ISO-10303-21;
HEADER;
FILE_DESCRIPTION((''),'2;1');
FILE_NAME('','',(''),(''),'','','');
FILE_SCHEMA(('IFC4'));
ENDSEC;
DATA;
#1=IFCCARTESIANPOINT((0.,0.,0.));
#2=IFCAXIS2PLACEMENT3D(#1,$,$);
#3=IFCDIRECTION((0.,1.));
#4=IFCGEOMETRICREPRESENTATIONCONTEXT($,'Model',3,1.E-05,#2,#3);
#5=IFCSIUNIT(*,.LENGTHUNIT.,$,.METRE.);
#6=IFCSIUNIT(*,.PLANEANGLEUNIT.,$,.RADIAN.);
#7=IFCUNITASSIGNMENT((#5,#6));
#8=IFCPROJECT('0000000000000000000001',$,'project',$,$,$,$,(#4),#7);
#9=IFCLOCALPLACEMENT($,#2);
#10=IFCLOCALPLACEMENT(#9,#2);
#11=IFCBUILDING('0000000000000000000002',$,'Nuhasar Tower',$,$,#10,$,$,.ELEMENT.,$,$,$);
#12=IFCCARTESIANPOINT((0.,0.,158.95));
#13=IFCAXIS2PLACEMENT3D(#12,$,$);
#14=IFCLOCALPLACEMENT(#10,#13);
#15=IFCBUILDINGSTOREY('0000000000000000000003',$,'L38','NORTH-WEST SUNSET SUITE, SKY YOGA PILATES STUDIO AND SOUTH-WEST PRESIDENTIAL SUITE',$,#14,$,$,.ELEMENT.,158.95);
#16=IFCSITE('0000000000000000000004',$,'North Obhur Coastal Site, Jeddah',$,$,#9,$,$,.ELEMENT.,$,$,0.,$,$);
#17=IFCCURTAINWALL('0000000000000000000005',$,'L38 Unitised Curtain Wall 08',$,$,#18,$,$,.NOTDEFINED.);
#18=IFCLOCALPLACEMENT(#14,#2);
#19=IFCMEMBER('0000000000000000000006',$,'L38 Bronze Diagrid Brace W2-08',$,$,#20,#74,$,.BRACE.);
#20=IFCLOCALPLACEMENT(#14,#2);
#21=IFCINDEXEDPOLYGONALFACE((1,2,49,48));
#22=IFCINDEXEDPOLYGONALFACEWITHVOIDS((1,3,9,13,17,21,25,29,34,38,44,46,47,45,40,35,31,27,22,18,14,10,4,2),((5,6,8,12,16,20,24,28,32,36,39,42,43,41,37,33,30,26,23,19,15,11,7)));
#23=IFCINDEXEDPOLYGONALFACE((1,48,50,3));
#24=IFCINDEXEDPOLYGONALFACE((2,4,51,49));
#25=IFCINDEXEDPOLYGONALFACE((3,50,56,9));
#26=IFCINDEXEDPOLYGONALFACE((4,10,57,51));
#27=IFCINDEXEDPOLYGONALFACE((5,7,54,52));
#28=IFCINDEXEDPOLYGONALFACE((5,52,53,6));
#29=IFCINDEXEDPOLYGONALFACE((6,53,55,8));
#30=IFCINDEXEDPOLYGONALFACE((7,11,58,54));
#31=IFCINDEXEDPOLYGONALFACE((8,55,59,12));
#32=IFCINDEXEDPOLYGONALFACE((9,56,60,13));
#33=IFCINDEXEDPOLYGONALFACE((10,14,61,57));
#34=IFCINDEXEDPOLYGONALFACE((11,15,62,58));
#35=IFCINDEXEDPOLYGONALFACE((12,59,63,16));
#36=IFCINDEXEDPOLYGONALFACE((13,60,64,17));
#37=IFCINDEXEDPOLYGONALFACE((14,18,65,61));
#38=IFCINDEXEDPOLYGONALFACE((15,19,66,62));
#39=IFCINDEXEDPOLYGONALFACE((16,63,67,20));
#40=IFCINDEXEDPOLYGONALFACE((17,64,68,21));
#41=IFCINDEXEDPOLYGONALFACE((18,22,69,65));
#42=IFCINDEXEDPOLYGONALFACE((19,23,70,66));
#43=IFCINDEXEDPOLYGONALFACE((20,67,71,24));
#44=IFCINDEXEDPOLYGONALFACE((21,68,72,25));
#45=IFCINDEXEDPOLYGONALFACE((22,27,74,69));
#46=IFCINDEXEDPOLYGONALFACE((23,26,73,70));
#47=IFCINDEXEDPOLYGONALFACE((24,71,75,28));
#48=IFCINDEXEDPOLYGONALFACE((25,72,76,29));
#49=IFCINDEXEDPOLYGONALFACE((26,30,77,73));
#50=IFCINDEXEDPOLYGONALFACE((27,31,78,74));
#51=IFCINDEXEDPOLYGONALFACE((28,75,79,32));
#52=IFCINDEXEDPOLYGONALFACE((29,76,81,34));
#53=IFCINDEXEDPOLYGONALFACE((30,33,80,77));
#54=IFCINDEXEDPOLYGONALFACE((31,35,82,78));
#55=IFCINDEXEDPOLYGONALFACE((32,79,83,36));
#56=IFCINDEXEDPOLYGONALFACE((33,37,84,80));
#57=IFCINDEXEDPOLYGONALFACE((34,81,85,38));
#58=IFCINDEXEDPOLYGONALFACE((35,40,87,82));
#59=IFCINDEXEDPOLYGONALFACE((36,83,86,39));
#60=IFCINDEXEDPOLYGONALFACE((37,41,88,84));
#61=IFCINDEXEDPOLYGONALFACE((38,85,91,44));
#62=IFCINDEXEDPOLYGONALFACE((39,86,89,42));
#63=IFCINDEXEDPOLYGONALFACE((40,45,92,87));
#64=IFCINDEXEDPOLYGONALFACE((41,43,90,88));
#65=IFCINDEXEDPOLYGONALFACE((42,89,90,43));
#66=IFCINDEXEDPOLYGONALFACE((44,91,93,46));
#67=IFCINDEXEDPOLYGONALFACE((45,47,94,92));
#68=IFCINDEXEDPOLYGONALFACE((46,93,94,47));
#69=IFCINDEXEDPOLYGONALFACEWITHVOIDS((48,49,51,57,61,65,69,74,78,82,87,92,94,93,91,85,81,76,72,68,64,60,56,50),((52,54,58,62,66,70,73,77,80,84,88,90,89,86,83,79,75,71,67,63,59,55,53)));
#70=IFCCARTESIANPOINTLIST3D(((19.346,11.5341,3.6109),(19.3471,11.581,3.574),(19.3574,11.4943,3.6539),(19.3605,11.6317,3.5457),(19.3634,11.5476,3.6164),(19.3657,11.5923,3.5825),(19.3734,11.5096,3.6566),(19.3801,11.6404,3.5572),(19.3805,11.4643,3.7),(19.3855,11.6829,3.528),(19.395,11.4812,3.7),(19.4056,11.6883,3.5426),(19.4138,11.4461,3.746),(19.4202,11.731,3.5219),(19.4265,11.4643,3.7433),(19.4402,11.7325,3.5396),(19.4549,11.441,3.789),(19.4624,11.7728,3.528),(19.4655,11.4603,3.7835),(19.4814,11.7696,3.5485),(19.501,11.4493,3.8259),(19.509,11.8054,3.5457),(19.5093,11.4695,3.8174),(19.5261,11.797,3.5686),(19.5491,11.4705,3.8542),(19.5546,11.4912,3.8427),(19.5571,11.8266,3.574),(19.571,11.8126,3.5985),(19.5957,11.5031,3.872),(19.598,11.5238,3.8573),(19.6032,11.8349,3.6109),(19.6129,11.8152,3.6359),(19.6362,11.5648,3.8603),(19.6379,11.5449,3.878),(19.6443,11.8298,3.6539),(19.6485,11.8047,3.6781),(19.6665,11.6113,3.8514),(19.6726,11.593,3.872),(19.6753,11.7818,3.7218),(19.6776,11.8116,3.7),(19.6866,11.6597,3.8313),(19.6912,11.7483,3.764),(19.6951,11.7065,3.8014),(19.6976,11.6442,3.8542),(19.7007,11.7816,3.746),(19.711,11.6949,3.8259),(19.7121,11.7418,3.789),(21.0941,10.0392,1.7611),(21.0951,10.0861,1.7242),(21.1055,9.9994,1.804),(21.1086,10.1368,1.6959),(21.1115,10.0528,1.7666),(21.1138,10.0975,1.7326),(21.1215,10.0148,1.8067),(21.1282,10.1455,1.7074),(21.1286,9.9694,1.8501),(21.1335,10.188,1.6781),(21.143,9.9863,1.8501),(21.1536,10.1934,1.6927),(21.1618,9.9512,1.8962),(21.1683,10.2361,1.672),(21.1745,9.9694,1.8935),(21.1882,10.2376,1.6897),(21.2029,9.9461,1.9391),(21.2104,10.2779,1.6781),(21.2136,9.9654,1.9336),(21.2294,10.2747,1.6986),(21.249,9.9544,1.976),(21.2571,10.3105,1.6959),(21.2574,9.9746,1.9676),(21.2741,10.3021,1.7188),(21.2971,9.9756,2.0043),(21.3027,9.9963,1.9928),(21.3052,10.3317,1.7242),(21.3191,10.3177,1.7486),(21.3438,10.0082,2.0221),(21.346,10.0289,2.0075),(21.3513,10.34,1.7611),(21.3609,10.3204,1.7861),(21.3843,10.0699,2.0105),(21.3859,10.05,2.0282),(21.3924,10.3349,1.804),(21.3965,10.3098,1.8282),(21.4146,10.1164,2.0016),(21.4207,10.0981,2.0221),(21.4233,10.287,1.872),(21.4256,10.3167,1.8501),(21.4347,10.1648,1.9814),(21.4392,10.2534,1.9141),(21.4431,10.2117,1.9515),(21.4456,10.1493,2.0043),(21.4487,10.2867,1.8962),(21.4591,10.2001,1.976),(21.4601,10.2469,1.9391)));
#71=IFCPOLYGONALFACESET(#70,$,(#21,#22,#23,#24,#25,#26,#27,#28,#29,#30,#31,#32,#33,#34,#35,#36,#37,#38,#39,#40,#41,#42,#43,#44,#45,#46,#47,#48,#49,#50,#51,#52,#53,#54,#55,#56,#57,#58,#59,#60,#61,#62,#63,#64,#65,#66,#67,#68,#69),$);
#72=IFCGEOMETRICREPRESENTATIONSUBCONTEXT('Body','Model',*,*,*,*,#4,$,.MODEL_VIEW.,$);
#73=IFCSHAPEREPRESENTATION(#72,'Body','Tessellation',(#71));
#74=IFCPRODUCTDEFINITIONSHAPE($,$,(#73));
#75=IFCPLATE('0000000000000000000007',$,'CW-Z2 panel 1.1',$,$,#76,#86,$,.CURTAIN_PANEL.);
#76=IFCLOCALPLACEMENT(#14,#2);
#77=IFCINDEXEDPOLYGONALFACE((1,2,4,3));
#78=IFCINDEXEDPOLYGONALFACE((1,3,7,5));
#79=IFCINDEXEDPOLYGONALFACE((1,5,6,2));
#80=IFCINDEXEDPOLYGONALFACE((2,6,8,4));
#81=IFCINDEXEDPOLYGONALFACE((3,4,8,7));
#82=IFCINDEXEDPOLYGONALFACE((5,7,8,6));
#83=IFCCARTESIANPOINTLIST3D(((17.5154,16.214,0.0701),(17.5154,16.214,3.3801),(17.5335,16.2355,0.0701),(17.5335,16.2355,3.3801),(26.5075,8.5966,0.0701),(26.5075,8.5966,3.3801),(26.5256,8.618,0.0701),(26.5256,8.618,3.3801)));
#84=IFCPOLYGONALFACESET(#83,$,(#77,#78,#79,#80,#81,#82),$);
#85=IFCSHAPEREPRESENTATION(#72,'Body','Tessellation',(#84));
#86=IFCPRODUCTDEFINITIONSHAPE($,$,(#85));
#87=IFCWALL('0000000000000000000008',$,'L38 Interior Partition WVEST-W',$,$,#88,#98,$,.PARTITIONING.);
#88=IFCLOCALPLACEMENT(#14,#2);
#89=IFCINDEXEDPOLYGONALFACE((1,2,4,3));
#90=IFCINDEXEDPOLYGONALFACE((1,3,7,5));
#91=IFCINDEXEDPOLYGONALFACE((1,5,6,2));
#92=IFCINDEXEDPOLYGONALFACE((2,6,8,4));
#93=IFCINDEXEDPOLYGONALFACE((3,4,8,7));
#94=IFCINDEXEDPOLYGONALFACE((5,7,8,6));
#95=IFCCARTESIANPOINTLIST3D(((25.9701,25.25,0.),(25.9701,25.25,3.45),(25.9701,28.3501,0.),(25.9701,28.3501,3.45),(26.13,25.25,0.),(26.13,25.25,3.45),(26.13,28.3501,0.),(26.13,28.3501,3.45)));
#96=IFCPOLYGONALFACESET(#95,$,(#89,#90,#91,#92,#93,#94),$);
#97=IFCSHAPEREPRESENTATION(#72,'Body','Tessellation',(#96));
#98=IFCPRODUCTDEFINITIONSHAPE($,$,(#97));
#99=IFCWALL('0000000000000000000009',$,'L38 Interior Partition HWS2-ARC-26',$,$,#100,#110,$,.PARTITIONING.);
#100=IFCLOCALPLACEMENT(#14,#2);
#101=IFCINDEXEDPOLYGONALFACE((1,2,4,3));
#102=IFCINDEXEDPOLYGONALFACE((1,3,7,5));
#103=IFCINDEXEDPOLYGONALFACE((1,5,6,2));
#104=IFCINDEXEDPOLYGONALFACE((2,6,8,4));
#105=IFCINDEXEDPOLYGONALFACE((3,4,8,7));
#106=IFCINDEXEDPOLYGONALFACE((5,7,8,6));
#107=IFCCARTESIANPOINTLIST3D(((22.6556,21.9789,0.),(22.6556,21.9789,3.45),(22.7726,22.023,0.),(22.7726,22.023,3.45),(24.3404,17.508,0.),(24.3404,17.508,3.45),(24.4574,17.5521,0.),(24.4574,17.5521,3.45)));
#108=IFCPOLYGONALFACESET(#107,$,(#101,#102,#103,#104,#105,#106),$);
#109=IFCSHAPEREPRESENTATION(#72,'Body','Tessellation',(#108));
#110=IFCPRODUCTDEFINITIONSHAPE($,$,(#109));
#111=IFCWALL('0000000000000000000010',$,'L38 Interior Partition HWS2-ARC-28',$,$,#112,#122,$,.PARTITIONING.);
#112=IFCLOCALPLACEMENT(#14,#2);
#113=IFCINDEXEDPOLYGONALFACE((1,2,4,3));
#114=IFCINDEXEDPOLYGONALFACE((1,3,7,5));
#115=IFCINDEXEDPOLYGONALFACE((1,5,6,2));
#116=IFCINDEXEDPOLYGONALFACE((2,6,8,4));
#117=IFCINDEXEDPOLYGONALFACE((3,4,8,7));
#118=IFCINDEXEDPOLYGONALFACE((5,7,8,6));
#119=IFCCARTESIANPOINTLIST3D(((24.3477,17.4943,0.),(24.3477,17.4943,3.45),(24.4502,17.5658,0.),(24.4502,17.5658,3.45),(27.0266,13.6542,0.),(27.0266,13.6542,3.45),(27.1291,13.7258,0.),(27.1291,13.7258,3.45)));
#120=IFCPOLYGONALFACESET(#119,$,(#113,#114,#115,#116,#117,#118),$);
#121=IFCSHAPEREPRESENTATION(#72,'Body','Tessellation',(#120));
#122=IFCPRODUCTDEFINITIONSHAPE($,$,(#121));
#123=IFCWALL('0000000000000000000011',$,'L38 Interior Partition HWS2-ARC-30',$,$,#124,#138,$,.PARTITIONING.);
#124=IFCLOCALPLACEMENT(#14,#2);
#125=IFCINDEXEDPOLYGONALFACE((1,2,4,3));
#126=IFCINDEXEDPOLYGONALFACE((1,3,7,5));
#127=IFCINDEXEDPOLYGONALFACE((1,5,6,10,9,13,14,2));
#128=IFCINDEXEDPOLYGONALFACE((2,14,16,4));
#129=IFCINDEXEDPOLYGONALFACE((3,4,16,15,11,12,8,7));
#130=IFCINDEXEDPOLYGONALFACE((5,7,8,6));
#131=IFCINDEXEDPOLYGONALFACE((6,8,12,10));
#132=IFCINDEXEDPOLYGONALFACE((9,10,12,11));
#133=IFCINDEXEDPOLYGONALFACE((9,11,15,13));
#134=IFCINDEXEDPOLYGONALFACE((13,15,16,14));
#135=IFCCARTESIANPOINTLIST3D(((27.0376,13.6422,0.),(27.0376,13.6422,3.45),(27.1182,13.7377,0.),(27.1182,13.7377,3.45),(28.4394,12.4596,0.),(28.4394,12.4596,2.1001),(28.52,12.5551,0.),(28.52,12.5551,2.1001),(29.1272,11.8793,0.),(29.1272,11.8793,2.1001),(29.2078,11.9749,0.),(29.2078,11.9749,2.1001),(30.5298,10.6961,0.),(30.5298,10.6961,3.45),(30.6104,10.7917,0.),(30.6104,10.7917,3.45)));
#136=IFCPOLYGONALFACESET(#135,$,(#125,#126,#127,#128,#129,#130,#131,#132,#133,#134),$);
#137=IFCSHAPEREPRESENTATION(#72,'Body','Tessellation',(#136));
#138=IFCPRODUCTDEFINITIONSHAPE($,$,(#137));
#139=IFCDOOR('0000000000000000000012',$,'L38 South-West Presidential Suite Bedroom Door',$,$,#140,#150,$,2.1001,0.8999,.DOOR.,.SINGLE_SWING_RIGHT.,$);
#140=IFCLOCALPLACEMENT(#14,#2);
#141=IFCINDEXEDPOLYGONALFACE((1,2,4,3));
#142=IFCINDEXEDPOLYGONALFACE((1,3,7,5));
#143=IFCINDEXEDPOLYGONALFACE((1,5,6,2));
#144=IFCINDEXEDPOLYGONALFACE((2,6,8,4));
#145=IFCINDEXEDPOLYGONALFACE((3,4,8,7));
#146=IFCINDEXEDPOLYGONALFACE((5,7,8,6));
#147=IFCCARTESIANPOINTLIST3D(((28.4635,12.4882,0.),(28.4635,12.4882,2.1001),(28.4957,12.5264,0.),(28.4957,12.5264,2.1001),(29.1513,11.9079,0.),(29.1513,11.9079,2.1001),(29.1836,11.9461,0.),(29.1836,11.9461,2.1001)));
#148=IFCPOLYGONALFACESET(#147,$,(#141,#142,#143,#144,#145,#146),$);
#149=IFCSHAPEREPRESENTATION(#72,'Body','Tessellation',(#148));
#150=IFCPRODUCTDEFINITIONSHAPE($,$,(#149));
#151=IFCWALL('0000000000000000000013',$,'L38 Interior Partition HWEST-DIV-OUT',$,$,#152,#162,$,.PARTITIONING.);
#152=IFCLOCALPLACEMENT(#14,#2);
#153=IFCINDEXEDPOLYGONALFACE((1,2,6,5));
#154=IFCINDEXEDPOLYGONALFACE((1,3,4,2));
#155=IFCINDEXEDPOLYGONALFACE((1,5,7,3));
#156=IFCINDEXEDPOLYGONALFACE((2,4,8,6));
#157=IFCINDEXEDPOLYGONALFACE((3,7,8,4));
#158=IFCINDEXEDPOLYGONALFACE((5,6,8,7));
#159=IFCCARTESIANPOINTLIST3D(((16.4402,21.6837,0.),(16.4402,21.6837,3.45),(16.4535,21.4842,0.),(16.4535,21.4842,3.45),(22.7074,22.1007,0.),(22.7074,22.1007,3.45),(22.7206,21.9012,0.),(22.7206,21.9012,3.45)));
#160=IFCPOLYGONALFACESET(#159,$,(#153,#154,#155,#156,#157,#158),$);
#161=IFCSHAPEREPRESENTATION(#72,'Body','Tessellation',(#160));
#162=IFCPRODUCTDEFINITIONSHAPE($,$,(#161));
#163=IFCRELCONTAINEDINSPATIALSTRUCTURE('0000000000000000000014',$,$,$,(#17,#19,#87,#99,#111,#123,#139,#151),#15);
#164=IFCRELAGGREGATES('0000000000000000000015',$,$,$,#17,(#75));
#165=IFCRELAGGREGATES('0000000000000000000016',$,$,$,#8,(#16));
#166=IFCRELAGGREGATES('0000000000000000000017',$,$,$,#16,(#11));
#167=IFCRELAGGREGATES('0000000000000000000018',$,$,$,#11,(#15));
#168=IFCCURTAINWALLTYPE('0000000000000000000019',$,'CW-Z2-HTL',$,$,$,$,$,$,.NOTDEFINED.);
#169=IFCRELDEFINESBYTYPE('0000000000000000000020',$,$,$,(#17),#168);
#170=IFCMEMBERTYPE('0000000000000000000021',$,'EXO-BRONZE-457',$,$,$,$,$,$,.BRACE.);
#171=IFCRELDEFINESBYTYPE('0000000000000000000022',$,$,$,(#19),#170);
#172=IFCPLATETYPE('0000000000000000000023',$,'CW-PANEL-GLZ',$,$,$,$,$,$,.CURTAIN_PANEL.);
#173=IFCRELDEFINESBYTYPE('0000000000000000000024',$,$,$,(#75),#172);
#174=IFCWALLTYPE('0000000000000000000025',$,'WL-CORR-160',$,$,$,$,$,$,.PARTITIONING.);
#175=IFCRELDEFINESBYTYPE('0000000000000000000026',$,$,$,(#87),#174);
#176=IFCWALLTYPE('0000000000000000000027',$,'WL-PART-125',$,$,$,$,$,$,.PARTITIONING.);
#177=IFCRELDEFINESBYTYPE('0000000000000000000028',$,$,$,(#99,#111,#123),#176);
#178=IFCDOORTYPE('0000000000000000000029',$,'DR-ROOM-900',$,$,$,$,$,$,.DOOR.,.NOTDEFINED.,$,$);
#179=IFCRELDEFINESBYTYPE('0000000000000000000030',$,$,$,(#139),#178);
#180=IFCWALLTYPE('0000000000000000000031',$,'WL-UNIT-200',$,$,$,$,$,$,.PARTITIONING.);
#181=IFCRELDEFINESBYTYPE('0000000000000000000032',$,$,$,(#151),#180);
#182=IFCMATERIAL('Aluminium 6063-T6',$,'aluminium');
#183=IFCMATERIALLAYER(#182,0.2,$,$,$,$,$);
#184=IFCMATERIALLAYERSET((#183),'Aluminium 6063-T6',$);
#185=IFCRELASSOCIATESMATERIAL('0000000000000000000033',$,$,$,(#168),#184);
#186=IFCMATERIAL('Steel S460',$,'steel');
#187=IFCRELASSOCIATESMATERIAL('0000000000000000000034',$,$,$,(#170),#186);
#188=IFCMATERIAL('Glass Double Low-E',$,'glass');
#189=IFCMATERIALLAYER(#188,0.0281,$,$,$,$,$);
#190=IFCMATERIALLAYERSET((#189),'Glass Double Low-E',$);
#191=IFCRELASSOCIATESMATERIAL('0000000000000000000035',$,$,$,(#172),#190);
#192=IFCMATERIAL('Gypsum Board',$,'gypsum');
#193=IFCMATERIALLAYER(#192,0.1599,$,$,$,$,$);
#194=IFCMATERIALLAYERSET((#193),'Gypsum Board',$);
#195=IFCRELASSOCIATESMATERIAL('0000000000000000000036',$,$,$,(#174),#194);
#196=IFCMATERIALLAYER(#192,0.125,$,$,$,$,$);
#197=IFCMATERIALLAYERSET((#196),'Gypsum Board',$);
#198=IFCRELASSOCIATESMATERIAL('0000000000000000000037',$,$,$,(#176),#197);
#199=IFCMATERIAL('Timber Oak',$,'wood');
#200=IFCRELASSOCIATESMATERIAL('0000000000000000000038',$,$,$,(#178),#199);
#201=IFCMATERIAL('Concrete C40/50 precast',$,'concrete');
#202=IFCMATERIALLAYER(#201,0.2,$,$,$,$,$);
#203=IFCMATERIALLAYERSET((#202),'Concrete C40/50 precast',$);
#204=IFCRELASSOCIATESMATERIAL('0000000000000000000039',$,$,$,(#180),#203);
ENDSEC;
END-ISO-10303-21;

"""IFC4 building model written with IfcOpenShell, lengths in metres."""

from ifc_helpers import new_model, si_unit, direction, frame, frame_2d, origin, origin_2d, place, context, subcontext, project, spatial, rectangle, hollow_circle, extrude, material, layer, layer_set, material_profile, profile_set, type_object, element, fill, aggregate, save


model = new_model("IFC4")

# Units and contexts
model_context = context("Model", 3, precision=1e-05, world=origin(), true_north=direction((0.0, 1.0)))
body_context = subcontext(model_context, "Body", "Model", "MODEL_VIEW")
ifc_project = project(units=[si_unit("LENGTHUNIT", "METRE"), si_unit("PLANEANGLEUNIT", "RADIAN")], contexts=[model_context])

# Site, building, storey
site_placement = place(None, origin())
site = spatial("IfcSite", under=ifc_project, at=site_placement, Name="North Obhur Coastal Site, Jeddah", CompositionType="ELEMENT", RefElevation=0.0)
building_placement = place(site_placement, origin())
building = spatial("IfcBuilding", under=site, at=building_placement, Name="Nuhasar Tower", CompositionType="ELEMENT")
storey_placement = place(building_placement, frame((0.0, 0.0, 158.95)))
storey = spatial("IfcBuildingStorey", under=building, at=storey_placement, Name="L38", Description="NORTH-WEST SUNSET SUITE, SKY YOGA PILATES STUDIO AND SOUTH-WEST PRESIDENTIAL SUITE", CompositionType="ELEMENT", Elevation=158.95)

# Curtain wall
ifc_material_1 = material(Name="Aluminium 6063-T6", Category="aluminium")
ifc_layer_1 = layer(ifc_material_1, 0.2)
ifc_layer_set_1 = layer_set([ifc_layer_1], Name="Aluminium 6063-T6")
curtain_wall_type = type_object("IfcCurtainWallType", Name="CW-Z2-HTL", PredefinedType="NOTDEFINED", material=ifc_layer_set_1)
curtain_wall_1_placement = place(storey_placement, origin())
curtain_wall_1 = element("IfcCurtainWall", 1, at=curtain_wall_1_placement, inside=storey, type_object=curtain_wall_type, Name="L38 Unitised Curtain Wall 08", PredefinedType="NOTDEFINED")

# Member
ifc_material_2 = material(Name="Steel S460", Category="steel")
ifc_material_profile_1 = material_profile(ifc_material_2, hollow_circle(Radius=0.2285, WallThickness=0.0222, at=origin_2d()), Name="HSS457X22.2")
ifc_profile_set_1 = profile_set([ifc_material_profile_1], Name="Steel S460")
member_type_1 = type_object("IfcMemberType", Name="EXO-BRONZE-457", PredefinedType="BRACE", material=ifc_profile_set_1)
member_1_placement = place(storey_placement, frame((21.2771, 10.1431, 1.8501), z_axis=(-0.592226, 0.506452, 0.626717), x_axis=(-0.649926, -0.759998, 0.0)))
element("IfcMember", 2, at=member_1_placement, inside=storey, type_object=member_type_1, Name="L38 Bronze Diagrid Brace W2-08", PredefinedType="BRACE", context=body_context, shape_type="SweptSolid", body=[
    extrude(hollow_circle(Radius=0.2285, WallThickness=0.0222, at=origin_2d()), origin(), (0.0, 0.0, 1.0), 2.9517),
])

# Plate
ifc_material_3 = material(Name="Glass Double Low-E", Category="glass")
ifc_layer_2 = layer(ifc_material_3, 0.0281)
ifc_layer_set_2 = layer_set([ifc_layer_2], Name="Glass Double Low-E")
plate_type = type_object("IfcPlateType", Name="CW-PANEL-GLZ", PredefinedType="CURTAIN_PANEL", material=ifc_layer_set_2)
plate_placement = place(storey_placement, frame((22.0205, 12.416, 0.0701), z_axis=(0.0, 0.0, 1.0), x_axis=(0.76302, -0.646374, 0.0)))
plate = element("IfcPlate", 3, at=plate_placement, type_object=plate_type, Name="CW-Z2 panel 1.1", PredefinedType="CURTAIN_PANEL", context=body_context, shape_type="SweptSolid", body=[
    extrude(rectangle(XDim=11.7849, YDim=0.0281, at=origin_2d()), origin(), (0.0, 0.0, 1.0), 3.3101),
])
aggregate(curtain_wall_1, [plate])

# Shared definitions
ifc_material_4 = material(Name="Gypsum Board", Category="gypsum")
ifc_layer_3 = layer(ifc_material_4, 0.1599)
ifc_layer_set_3 = layer_set([ifc_layer_3], Name="Gypsum Board")
wall_type_1 = type_object("IfcWallType", Name="WL-CORR-160", PredefinedType="PARTITIONING", material=ifc_layer_set_3)
ifc_material_5 = material(Name="Timber Oak", Category="wood")

# Walls
wall_1_placement = place(storey_placement, frame((26.05, 25.25, 0.0), z_axis=(0.0, 0.0, 1.0), x_axis=(0.0, 1.0, 0.0)))
element("IfcWall", 4, at=wall_1_placement, inside=storey, type_object=wall_type_1, Name="L38 Interior Partition WVEST-W", PredefinedType="PARTITIONING", context=body_context, shape_type="SweptSolid", body=[
    extrude(rectangle(XDim=3.1001, YDim=0.1599, at=frame_2d((1.55, 0.0))), origin(), (0.0, 0.0, 1.0), 3.45),
])
ifc_layer_4 = layer(ifc_material_4, 0.125)
ifc_layer_set_4 = layer_set([ifc_layer_4], Name="Gypsum Board")
wall_type_2 = type_object("IfcWallType", Name="WL-PART-125", PredefinedType="PARTITIONING", material=ifc_layer_set_4)
wall_2_placement = place(storey_placement, frame((22.7141, 22.001, 0.0), z_axis=(0.0, 0.0, 1.0), x_axis=(0.352629, -0.935763, 0.0)))
element("IfcWall", 5, at=wall_2_placement, inside=storey, type_object=wall_type_2, Name="L38 Interior Partition HWS2-ARC-26", PredefinedType="PARTITIONING", context=body_context, shape_type="SweptSolid", body=[
    extrude(rectangle(XDim=4.7778, YDim=0.125, at=frame_2d((2.3889, 0.0))), origin(), (0.0, 0.0, 1.0), 3.45),
])
wall_3_placement = place(storey_placement, frame((24.3989, 17.53, 0.0), z_axis=(0.0, 0.0, 1.0), x_axis=(0.572156, -0.820145, 0.0)))
element("IfcWall", 6, at=wall_3_placement, inside=storey, type_object=wall_type_2, Name="L38 Interior Partition HWS2-ARC-28", PredefinedType="PARTITIONING", context=body_context, shape_type="SweptSolid", body=[
    extrude(rectangle(XDim=4.6821, YDim=0.125, at=frame_2d((2.3411, 0.0))), origin(), (0.0, 0.0, 1.0), 3.45),
])

# Wall, opening, door
wall_4_placement = place(storey_placement, frame((27.0779, 13.6899, 0.0), z_axis=(0.0, 0.0, 1.0), x_axis=(0.764344, -0.644809, 0.0)))
wall_4 = element("IfcWall", 7, at=wall_4_placement, inside=storey, type_object=wall_type_2, Name="L38 Interior Partition HWS2-ARC-30", PredefinedType="PARTITIONING", context=body_context, shape_type="SweptSolid", body=[
    extrude(rectangle(XDim=4.5688, YDim=0.125, at=frame_2d((2.2844, 0.0))), origin(), (0.0, 0.0, 1.0), 3.45),
])
opening_1_placement = place(wall_4_placement, frame((1.834, 0.0, 0.0)))
opening_1 = element("IfcOpeningElement", 8, at=opening_1_placement, cuts=wall_4, PredefinedType="OPENING", context=body_context, shape_type="SweptSolid", body=[
    extrude(rectangle(XDim=0.8999, YDim=2.1001, at=frame_2d((0.45, 1.05))), frame((0.0, 0.0725, 0.0), z_axis=(0.0, -1.0, 0.0), x_axis=(1.0, 0.0, 0.0)), (0.0, 0.0, 1.0), 0.145),
])
door_type_1 = type_object("IfcDoorType", Name="DR-ROOM-900", OperationType="NOTDEFINED", PredefinedType="DOOR", material=ifc_material_5)
door_1_placement = place(opening_1_placement, origin())
door_1 = element("IfcDoor", 9, at=door_1_placement, inside=storey, type_object=door_type_1, Name="L38 South-West Presidential Suite Bedroom Door", OperationType="SINGLE_SWING_RIGHT", OverallHeight=2.1001, OverallWidth=0.8999, PredefinedType="DOOR", context=body_context, shape_type="SweptSolid", body=[
    extrude(rectangle(XDim=0.8999, YDim=2.1001, at=frame_2d((0.45, 1.05))), frame((0.0, 0.0249, 0.0), z_axis=(0.0, -1.0, 0.0), x_axis=(1.0, 0.0, 0.0)), (0.0, 0.0, 1.0), 0.05),
])
fill(opening_1, door_1)

# Wall
ifc_material_6 = material(Name="Concrete C40/50 precast", Category="concrete")
ifc_layer_5 = layer(ifc_material_6, 0.2)
ifc_layer_set_5 = layer_set([ifc_layer_5], Name="Concrete C40/50 precast")
wall_type_3 = type_object("IfcWallType", Name="WL-UNIT-200", PredefinedType="PARTITIONING", material=ifc_layer_set_5)
wall_5_placement = place(storey_placement, frame((22.7141, 22.001, 0.0), z_axis=(0.0, 0.0, 1.0), x_axis=(-0.997794, -0.06639, 0.0)))
element("IfcWall", 10, at=wall_5_placement, inside=storey, type_object=wall_type_3, Name="L38 Interior Partition HWEST-DIV-OUT", PredefinedType="PARTITIONING", context=body_context, shape_type="SweptSolid", body=[
    extrude(rectangle(XDim=6.281, YDim=0.2, at=frame_2d((3.1406, 0.0))), origin(), (0.0, 0.0, 1.0), 3.45),
])

save(model, "model.ifc")
